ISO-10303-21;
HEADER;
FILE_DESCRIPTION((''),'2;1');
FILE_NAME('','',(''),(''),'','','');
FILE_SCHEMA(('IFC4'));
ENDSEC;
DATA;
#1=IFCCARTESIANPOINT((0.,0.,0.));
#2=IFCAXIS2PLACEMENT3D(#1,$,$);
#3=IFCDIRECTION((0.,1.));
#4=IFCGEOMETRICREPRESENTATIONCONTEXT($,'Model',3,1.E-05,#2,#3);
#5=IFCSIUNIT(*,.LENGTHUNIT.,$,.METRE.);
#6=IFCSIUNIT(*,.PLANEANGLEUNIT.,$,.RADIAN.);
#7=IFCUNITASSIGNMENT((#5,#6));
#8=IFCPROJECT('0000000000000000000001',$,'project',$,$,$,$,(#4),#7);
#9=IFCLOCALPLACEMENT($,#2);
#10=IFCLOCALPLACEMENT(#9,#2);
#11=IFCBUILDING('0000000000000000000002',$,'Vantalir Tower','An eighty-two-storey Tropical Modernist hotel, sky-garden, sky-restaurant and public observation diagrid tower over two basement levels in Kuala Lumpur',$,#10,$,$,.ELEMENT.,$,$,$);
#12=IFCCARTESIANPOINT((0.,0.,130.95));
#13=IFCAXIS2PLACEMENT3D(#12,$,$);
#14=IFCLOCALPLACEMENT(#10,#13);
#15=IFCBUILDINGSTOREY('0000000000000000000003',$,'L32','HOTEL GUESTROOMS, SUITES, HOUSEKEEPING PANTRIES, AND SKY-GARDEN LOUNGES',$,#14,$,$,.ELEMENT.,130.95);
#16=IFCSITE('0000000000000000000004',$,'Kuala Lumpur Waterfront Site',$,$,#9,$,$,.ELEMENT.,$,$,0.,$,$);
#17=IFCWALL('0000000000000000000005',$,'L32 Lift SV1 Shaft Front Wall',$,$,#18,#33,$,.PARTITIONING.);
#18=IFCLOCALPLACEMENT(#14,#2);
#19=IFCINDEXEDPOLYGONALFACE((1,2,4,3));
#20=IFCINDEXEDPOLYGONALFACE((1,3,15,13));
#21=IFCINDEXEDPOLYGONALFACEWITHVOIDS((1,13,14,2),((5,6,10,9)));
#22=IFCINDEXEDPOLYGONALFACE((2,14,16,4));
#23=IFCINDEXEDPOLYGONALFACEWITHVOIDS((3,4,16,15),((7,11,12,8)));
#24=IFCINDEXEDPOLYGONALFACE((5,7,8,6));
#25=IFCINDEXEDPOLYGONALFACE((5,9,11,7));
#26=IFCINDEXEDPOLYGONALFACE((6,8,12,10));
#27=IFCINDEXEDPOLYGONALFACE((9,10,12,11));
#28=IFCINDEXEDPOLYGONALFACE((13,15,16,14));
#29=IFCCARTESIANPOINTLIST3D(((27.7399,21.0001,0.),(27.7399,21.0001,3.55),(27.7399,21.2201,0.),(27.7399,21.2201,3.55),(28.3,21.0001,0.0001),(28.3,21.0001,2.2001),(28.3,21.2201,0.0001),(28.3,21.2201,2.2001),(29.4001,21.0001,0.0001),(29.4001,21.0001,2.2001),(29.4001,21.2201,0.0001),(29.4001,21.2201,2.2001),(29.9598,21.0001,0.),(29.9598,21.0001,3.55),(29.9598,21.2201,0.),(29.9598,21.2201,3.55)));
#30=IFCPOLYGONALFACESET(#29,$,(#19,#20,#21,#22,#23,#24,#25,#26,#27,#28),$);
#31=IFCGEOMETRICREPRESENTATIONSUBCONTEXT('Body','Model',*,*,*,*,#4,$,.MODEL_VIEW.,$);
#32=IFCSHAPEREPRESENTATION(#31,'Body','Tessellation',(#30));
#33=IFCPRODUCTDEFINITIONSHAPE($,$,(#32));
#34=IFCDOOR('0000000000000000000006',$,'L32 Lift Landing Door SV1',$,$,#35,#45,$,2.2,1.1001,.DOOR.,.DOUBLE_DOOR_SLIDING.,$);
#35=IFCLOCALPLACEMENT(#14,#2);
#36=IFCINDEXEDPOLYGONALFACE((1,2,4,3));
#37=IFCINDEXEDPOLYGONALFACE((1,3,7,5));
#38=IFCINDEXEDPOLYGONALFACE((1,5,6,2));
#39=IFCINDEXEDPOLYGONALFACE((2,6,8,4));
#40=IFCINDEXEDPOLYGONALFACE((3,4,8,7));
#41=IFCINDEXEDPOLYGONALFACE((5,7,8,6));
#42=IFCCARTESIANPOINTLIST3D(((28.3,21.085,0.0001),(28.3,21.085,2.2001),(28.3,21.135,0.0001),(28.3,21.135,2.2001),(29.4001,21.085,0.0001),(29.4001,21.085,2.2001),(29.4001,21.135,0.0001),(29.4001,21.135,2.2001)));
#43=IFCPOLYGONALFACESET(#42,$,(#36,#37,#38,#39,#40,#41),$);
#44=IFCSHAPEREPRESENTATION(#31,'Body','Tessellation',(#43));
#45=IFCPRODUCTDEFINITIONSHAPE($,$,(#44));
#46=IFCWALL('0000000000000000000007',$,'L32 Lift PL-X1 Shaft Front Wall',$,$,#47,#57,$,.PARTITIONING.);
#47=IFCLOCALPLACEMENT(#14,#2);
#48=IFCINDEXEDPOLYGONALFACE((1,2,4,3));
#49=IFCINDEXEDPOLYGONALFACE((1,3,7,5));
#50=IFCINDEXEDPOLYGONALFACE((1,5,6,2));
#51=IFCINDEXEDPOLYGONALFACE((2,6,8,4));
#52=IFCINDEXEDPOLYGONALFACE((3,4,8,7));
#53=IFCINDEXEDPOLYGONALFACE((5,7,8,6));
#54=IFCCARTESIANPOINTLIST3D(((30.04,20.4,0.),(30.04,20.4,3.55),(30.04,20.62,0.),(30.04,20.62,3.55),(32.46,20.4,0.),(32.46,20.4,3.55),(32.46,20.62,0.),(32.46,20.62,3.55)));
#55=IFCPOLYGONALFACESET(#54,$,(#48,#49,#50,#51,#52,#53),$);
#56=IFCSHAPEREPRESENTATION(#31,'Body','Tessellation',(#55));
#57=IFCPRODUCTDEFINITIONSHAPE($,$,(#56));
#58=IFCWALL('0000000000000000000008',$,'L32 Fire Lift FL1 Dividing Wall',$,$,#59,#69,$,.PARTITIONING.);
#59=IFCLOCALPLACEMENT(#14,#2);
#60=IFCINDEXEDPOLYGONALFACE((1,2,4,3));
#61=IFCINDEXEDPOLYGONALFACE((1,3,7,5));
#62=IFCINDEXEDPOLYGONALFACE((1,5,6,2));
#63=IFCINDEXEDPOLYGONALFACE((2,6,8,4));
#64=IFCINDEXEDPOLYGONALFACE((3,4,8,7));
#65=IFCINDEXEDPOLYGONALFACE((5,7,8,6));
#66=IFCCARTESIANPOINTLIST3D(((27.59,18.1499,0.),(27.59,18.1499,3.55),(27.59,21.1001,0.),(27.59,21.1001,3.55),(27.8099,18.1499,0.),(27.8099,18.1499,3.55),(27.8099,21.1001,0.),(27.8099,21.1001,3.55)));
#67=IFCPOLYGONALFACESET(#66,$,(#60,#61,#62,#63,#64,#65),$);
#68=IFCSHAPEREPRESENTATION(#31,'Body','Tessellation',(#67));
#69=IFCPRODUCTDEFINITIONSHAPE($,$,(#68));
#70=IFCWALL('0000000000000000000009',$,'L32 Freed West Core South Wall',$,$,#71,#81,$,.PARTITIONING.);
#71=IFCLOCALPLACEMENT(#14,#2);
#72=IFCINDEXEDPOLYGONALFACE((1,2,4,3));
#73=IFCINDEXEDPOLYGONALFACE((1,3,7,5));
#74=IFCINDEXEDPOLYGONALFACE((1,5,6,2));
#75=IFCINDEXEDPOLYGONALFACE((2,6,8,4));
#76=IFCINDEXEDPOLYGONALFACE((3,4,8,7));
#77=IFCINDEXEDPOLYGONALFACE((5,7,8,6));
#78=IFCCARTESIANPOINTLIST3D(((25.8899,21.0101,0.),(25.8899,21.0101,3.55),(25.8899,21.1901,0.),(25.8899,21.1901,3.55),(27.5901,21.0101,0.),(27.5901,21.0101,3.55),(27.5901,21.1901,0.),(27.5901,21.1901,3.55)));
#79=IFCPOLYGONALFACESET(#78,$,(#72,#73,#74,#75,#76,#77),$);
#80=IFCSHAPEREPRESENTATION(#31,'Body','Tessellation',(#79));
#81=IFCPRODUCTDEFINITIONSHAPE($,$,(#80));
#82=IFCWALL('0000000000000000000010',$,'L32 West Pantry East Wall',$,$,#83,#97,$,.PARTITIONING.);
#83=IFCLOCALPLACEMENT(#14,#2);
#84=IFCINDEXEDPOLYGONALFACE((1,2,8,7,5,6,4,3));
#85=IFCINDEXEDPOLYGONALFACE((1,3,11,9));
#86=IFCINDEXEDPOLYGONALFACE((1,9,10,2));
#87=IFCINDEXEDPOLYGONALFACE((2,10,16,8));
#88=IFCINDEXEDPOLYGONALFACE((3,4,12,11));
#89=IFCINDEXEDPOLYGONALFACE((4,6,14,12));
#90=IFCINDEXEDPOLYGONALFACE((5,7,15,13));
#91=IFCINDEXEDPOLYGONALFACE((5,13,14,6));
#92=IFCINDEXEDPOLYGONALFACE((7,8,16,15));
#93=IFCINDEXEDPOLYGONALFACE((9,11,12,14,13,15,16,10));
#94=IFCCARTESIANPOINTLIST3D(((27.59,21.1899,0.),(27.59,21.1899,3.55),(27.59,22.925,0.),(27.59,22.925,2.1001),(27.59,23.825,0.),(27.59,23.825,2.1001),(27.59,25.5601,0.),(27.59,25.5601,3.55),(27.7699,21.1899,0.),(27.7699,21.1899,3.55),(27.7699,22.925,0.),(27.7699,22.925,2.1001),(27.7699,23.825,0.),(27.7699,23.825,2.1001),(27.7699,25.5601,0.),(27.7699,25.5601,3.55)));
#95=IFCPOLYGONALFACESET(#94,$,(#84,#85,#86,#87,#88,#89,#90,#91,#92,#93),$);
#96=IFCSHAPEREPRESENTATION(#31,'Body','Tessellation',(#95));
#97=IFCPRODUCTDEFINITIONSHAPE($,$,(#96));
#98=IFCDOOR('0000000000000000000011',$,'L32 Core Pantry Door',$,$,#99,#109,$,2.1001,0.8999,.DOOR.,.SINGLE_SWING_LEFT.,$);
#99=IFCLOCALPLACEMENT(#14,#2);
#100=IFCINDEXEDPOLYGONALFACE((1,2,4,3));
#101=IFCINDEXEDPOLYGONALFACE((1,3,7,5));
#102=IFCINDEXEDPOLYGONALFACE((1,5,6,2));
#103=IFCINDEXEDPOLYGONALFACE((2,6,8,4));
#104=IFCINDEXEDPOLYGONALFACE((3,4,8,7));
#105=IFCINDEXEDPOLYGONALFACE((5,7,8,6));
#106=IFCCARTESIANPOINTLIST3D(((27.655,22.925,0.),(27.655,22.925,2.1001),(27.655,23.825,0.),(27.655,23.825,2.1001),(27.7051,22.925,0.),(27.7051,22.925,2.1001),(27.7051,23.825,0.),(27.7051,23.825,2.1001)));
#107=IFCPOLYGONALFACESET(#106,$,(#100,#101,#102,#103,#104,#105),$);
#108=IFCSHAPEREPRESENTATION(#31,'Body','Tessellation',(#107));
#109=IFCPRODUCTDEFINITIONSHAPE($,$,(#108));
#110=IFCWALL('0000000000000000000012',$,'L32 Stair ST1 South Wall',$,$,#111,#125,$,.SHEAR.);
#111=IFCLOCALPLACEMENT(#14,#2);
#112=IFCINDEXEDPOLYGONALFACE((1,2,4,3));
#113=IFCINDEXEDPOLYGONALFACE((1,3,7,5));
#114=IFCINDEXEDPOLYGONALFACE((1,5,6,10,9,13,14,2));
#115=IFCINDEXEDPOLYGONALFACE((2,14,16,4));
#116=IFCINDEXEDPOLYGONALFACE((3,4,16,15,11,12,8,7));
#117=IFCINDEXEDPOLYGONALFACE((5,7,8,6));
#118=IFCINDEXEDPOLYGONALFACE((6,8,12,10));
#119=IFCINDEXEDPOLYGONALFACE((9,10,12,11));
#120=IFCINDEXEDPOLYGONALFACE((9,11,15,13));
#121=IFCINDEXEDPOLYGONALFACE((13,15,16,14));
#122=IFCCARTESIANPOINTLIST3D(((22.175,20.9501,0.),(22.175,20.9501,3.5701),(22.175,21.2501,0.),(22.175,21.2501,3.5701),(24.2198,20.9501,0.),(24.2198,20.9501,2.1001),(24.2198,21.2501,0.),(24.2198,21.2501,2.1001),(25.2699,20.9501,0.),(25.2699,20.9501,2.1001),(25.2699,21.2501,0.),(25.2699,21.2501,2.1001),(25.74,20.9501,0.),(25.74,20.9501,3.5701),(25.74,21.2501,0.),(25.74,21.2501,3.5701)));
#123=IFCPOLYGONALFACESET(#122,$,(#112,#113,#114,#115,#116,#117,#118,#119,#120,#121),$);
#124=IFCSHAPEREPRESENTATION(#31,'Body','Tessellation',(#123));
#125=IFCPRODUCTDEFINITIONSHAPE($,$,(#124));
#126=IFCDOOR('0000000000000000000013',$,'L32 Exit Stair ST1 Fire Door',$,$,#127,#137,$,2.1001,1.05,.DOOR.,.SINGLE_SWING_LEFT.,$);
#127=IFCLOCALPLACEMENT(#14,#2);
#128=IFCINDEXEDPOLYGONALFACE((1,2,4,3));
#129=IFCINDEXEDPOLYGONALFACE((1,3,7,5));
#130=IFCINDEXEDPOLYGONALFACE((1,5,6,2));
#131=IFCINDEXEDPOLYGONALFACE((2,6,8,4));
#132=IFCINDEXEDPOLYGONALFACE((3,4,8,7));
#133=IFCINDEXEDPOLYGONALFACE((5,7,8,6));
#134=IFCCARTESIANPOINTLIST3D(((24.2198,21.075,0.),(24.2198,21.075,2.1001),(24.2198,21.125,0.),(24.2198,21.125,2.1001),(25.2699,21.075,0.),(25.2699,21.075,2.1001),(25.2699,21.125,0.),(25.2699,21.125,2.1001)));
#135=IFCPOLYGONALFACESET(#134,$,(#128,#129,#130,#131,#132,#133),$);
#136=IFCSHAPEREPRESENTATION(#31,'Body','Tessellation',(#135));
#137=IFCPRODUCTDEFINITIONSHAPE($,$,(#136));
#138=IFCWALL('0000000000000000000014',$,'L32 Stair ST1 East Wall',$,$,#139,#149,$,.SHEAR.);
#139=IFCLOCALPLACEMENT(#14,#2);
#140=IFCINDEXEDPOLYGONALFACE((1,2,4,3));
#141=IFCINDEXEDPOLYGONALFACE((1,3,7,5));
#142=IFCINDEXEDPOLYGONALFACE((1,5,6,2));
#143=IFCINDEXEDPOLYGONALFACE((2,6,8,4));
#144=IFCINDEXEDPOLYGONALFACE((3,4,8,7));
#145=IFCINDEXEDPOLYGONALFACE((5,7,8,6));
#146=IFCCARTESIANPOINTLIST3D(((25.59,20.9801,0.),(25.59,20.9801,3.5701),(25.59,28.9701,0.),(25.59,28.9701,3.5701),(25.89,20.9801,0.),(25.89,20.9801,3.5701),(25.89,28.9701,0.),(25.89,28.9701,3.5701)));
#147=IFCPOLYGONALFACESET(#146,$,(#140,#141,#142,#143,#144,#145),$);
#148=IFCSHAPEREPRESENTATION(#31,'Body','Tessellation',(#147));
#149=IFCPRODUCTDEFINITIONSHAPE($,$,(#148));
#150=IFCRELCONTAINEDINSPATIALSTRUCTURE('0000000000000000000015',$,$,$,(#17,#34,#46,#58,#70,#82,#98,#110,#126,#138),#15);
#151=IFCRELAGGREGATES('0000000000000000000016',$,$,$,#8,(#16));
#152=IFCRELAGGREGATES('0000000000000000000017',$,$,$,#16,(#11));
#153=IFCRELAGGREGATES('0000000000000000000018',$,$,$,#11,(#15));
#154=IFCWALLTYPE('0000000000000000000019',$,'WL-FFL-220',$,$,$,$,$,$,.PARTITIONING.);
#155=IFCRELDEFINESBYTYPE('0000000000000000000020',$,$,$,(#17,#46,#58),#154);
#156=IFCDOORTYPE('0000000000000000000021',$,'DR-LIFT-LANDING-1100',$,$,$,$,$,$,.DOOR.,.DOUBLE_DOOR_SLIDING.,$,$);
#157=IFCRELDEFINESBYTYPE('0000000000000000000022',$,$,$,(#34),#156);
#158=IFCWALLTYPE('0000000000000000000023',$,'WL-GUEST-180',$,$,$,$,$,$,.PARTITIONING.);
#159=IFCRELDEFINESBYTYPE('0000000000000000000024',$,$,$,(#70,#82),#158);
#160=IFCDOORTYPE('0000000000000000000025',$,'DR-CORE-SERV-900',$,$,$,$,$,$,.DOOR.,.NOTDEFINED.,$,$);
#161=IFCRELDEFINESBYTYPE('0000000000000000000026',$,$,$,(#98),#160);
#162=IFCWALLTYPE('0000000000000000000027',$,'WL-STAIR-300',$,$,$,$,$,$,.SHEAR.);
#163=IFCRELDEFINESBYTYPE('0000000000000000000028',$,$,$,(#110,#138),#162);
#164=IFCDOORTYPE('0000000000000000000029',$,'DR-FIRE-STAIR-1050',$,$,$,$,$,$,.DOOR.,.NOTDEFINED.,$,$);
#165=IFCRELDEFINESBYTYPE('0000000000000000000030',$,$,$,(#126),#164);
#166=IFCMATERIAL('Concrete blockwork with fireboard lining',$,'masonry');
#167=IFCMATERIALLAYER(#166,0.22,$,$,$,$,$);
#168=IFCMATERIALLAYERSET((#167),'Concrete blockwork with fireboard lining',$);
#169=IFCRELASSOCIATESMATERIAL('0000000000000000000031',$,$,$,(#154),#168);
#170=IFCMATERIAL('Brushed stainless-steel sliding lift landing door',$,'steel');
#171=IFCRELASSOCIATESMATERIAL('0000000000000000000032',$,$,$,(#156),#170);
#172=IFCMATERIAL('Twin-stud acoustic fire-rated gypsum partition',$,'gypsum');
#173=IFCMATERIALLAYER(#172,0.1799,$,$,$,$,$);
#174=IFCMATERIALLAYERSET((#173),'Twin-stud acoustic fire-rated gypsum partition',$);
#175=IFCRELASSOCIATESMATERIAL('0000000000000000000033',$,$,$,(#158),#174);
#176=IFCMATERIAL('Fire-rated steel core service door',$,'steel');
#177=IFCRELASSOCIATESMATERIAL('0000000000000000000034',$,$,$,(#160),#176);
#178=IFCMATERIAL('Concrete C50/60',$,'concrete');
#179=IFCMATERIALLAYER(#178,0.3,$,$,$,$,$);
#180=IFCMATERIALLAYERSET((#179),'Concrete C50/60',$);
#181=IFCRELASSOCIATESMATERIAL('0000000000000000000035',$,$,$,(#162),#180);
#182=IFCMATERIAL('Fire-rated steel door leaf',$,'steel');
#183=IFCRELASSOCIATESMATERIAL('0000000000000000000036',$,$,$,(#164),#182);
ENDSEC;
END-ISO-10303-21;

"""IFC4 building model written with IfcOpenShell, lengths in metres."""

from ifc_helpers import new_model, si_unit, direction, frame, frame_2d, origin, place, context, subcontext, project, spatial, rectangle, extrude, material, layer, layer_set, type_object, element, fill, save


model = new_model("IFC4")

# Units and contexts
model_context = context("Model", 3, precision=1e-05, world=origin(), true_north=direction((0.0, 1.0)))
body_context = subcontext(model_context, "Body", "Model", "MODEL_VIEW")
ifc_project = project(units=[si_unit("LENGTHUNIT", "METRE"), si_unit("PLANEANGLEUNIT", "RADIAN")], contexts=[model_context])

# Site, building, storey
site_placement = place(None, origin())
site = spatial("IfcSite", under=ifc_project, at=site_placement, Name="Kuala Lumpur Waterfront Site", CompositionType="ELEMENT", RefElevation=0.0)
building_placement = place(site_placement, origin())
building = spatial("IfcBuilding", under=site, at=building_placement, Name="Vantalir Tower", Description="An eighty-two-storey Tropical Modernist hotel, sky-garden, sky-restaurant and public observation diagrid tower over two basement levels in Kuala Lumpur", CompositionType="ELEMENT")
storey_placement = place(building_placement, frame((0.0, 0.0, 130.95)))
storey = spatial("IfcBuildingStorey", under=building, at=storey_placement, Name="L32", Description="HOTEL GUESTROOMS, SUITES, HOUSEKEEPING PANTRIES, AND SKY-GARDEN LOUNGES", CompositionType="ELEMENT", Elevation=130.95)

# Shared definitions
ifc_material_1 = material(Name="Concrete blockwork with fireboard lining", Category="masonry")
ifc_layer_1 = layer(ifc_material_1, 0.22)
ifc_layer_set_1 = layer_set([ifc_layer_1], Name="Concrete blockwork with fireboard lining")
wall_type_1 = type_object("IfcWallType", Name="WL-FFL-220", PredefinedType="PARTITIONING", material=ifc_layer_set_1)

# Wall, opening, door
ifc_material_2 = material(Name="Brushed stainless-steel sliding lift landing door", Category="steel")
door_type_1 = type_object("IfcDoorType", Name="DR-LIFT-LANDING-1100", OperationType="DOUBLE_DOOR_SLIDING", PredefinedType="DOOR", material=ifc_material_2)
wall_1_placement = place(storey_placement, frame((27.74, 21.1101, 0.0), z_axis=(0.0, 0.0, 1.0), x_axis=(1.0, 0.0, 0.0)))
wall_1 = element("IfcWall", 1, at=wall_1_placement, inside=storey, type_object=wall_type_1, Name="L32 Lift SV1 Shaft Front Wall", PredefinedType="PARTITIONING", context=body_context, shape_type="SweptSolid", body=[
    extrude(rectangle(XDim=2.22, YDim=0.22, at=frame_2d((1.1099, 0.0))), origin(), (0.0, 0.0, 1.0), 3.55),
])
opening_1_placement = place(wall_1_placement, frame((0.5601, 0.0, 0.0)))
opening_1 = element("IfcOpeningElement", 2, at=opening_1_placement, cuts=wall_1, PredefinedType="OPENING", context=body_context, shape_type="SweptSolid", body=[
    extrude(rectangle(XDim=1.1001, YDim=2.2, at=frame_2d((0.55, 1.1001))), frame((0.0, 0.1199, 0.0), z_axis=(0.0, -1.0, 0.0), x_axis=(1.0, 0.0, 0.0)), (0.0, 0.0, 1.0), 0.24),
])
door_1_placement = place(opening_1_placement, origin())
door_1 = element("IfcDoor", 3, at=door_1_placement, inside=storey, type_object=door_type_1, Name="L32 Lift Landing Door SV1", OperationType="DOUBLE_DOOR_SLIDING", OverallHeight=2.2, OverallWidth=1.1001, PredefinedType="DOOR", context=body_context, shape_type="SweptSolid", body=[
    extrude(rectangle(XDim=1.1001, YDim=2.2, at=frame_2d((0.55, 1.1001))), frame((0.0, 0.0249, 0.0), z_axis=(0.0, -1.0, 0.0), x_axis=(1.0, 0.0, 0.0)), (0.0, 0.0, 1.0), 0.05),
])
fill(opening_1, door_1)

# Walls
wall_2_placement = place(storey_placement, frame((30.04, 20.51, 0.0), z_axis=(0.0, 0.0, 1.0), x_axis=(1.0, 0.0, 0.0)))
element("IfcWall", 4, at=wall_2_placement, inside=storey, type_object=wall_type_1, Name="L32 Lift PL-X1 Shaft Front Wall", PredefinedType="PARTITIONING", context=body_context, shape_type="SweptSolid", body=[
    extrude(rectangle(XDim=2.4199, YDim=0.22, at=frame_2d((1.21, 0.0))), origin(), (0.0, 0.0, 1.0), 3.55),
])
wall_3_placement = place(storey_placement, frame((27.7, 18.1499, 0.0), z_axis=(0.0, 0.0, 1.0), x_axis=(0.0, 1.0, 0.0)))
element("IfcWall", 5, at=wall_3_placement, inside=storey, type_object=wall_type_1, Name="L32 Fire Lift FL1 Dividing Wall", PredefinedType="PARTITIONING", context=body_context, shape_type="SweptSolid", body=[
    extrude(rectangle(XDim=2.9502, YDim=0.22, at=frame_2d((1.4751, 0.0))), origin(), (0.0, 0.0, 1.0), 3.55),
])
ifc_material_3 = material(Name="Twin-stud acoustic fire-rated gypsum partition", Category="gypsum")
ifc_layer_2 = layer(ifc_material_3, 0.1799)
ifc_layer_set_2 = layer_set([ifc_layer_2], Name="Twin-stud acoustic fire-rated gypsum partition")
wall_type_2 = type_object("IfcWallType", Name="WL-GUEST-180", PredefinedType="PARTITIONING", material=ifc_layer_set_2)
wall_4_placement = place(storey_placement, frame((25.8899, 21.1001, 0.0), z_axis=(0.0, 0.0, 1.0), x_axis=(1.0, 0.0, 0.0)))
element("IfcWall", 6, at=wall_4_placement, inside=storey, type_object=wall_type_2, Name="L32 Freed West Core South Wall", PredefinedType="PARTITIONING", context=body_context, shape_type="SweptSolid", body=[
    extrude(rectangle(XDim=1.7002, YDim=0.1799, at=frame_2d((0.8501, 0.0))), origin(), (0.0, 0.0, 1.0), 3.55),
])

# Walls, openings, doors
wall_5_placement = place(storey_placement, frame((27.6799, 21.1899, 0.0), z_axis=(0.0, 0.0, 1.0), x_axis=(0.0, 1.0, 0.0)))
wall_5 = element("IfcWall", 7, at=wall_5_placement, inside=storey, type_object=wall_type_2, Name="L32 West Pantry East Wall", PredefinedType="PARTITIONING", context=body_context, shape_type="SweptSolid", body=[
    extrude(rectangle(XDim=4.3701, YDim=0.1799, at=frame_2d((2.1851, 0.0))), origin(), (0.0, 0.0, 1.0), 3.55),
])
opening_2_placement = place(wall_5_placement, frame((1.7351, 0.0, 0.0)))
opening_2 = element("IfcOpeningElement", 8, at=opening_2_placement, cuts=wall_5, PredefinedType="OPENING", context=body_context, shape_type="SweptSolid", body=[
    extrude(rectangle(XDim=0.8999, YDim=2.1001, at=frame_2d((0.45, 1.05))), frame((0.0, 0.0999, 0.0), z_axis=(0.0, -1.0, 0.0), x_axis=(1.0, 0.0, 0.0)), (0.0, 0.0, 1.0), 0.2),
])
ifc_material_4 = material(Name="Fire-rated steel core service door", Category="steel")
door_type_2 = type_object("IfcDoorType", Name="DR-CORE-SERV-900", OperationType="NOTDEFINED", PredefinedType="DOOR", material=ifc_material_4)
door_2_placement = place(opening_2_placement, origin())
door_2 = element("IfcDoor", 9, at=door_2_placement, inside=storey, type_object=door_type_2, Name="L32 Core Pantry Door", OperationType="SINGLE_SWING_LEFT", OverallHeight=2.1001, OverallWidth=0.8999, PredefinedType="DOOR", context=body_context, shape_type="SweptSolid", body=[
    extrude(rectangle(XDim=0.8999, YDim=2.1001, at=frame_2d((0.45, 1.05))), frame((0.0, 0.0249, 0.0), z_axis=(0.0, -1.0, 0.0), x_axis=(1.0, 0.0, 0.0)), (0.0, 0.0, 1.0), 0.05),
])
fill(opening_2, door_2)
ifc_material_5 = material(Name="Concrete C50/60", Category="concrete")
ifc_layer_3 = layer(ifc_material_5, 0.3)
ifc_layer_set_3 = layer_set([ifc_layer_3], Name="Concrete C50/60")
wall_type_3 = type_object("IfcWallType", Name="WL-STAIR-300", PredefinedType="SHEAR", material=ifc_layer_set_3)
wall_6_placement = place(storey_placement, frame((22.175, 21.1001, 0.0), z_axis=(0.0, 0.0, 1.0), x_axis=(1.0, 0.0, 0.0)))
wall_6 = element("IfcWall", 10, at=wall_6_placement, inside=storey, type_object=wall_type_3, Name="L32 Stair ST1 South Wall", PredefinedType="SHEAR", context=body_context, shape_type="SweptSolid", body=[
    extrude(rectangle(XDim=3.5649, YDim=0.3, at=frame_2d((1.7825, 0.0))), origin(), (0.0, 0.0, 1.0), 3.5701),
])
opening_3_placement = place(wall_6_placement, frame((2.0449, 0.0, 0.0)))
opening_3 = element("IfcOpeningElement", 11, at=opening_3_placement, cuts=wall_6, PredefinedType="OPENING", context=body_context, shape_type="SweptSolid", body=[
    extrude(rectangle(XDim=1.05, YDim=2.1001, at=frame_2d((0.5249, 1.05))), frame((0.0, 0.1599, 0.0), z_axis=(0.0, -1.0, 0.0), x_axis=(1.0, 0.0, 0.0)), (0.0, 0.0, 1.0), 0.3201),
])
ifc_material_6 = material(Name="Fire-rated steel door leaf", Category="steel")
door_type_3 = type_object("IfcDoorType", Name="DR-FIRE-STAIR-1050", OperationType="NOTDEFINED", PredefinedType="DOOR", material=ifc_material_6)
door_3_placement = place(opening_3_placement, origin())
door_3 = element("IfcDoor", 12, at=door_3_placement, inside=storey, type_object=door_type_3, Name="L32 Exit Stair ST1 Fire Door", OperationType="SINGLE_SWING_LEFT", OverallHeight=2.1001, OverallWidth=1.05, PredefinedType="DOOR", context=body_context, shape_type="SweptSolid", body=[
    extrude(rectangle(XDim=1.05, YDim=2.1001, at=frame_2d((0.5249, 1.05))), frame((0.0, 0.0249, 0.0), z_axis=(0.0, -1.0, 0.0), x_axis=(1.0, 0.0, 0.0)), (0.0, 0.0, 1.0), 0.05),
])
fill(opening_3, door_3)

# Wall
wall_7_placement = place(storey_placement, frame((25.74, 20.98, 0.0), z_axis=(0.0, 0.0, 1.0), x_axis=(0.0, 1.0, 0.0)))
element("IfcWall", 13, at=wall_7_placement, inside=storey, type_object=wall_type_3, Name="L32 Stair ST1 East Wall", PredefinedType="SHEAR", context=body_context, shape_type="SweptSolid", body=[
    extrude(rectangle(XDim=7.99, YDim=0.3, at=frame_2d((3.9951, 0.0))), origin(), (0.0, 0.0, 1.0), 3.5701),
])

save(model, "model.ifc")
